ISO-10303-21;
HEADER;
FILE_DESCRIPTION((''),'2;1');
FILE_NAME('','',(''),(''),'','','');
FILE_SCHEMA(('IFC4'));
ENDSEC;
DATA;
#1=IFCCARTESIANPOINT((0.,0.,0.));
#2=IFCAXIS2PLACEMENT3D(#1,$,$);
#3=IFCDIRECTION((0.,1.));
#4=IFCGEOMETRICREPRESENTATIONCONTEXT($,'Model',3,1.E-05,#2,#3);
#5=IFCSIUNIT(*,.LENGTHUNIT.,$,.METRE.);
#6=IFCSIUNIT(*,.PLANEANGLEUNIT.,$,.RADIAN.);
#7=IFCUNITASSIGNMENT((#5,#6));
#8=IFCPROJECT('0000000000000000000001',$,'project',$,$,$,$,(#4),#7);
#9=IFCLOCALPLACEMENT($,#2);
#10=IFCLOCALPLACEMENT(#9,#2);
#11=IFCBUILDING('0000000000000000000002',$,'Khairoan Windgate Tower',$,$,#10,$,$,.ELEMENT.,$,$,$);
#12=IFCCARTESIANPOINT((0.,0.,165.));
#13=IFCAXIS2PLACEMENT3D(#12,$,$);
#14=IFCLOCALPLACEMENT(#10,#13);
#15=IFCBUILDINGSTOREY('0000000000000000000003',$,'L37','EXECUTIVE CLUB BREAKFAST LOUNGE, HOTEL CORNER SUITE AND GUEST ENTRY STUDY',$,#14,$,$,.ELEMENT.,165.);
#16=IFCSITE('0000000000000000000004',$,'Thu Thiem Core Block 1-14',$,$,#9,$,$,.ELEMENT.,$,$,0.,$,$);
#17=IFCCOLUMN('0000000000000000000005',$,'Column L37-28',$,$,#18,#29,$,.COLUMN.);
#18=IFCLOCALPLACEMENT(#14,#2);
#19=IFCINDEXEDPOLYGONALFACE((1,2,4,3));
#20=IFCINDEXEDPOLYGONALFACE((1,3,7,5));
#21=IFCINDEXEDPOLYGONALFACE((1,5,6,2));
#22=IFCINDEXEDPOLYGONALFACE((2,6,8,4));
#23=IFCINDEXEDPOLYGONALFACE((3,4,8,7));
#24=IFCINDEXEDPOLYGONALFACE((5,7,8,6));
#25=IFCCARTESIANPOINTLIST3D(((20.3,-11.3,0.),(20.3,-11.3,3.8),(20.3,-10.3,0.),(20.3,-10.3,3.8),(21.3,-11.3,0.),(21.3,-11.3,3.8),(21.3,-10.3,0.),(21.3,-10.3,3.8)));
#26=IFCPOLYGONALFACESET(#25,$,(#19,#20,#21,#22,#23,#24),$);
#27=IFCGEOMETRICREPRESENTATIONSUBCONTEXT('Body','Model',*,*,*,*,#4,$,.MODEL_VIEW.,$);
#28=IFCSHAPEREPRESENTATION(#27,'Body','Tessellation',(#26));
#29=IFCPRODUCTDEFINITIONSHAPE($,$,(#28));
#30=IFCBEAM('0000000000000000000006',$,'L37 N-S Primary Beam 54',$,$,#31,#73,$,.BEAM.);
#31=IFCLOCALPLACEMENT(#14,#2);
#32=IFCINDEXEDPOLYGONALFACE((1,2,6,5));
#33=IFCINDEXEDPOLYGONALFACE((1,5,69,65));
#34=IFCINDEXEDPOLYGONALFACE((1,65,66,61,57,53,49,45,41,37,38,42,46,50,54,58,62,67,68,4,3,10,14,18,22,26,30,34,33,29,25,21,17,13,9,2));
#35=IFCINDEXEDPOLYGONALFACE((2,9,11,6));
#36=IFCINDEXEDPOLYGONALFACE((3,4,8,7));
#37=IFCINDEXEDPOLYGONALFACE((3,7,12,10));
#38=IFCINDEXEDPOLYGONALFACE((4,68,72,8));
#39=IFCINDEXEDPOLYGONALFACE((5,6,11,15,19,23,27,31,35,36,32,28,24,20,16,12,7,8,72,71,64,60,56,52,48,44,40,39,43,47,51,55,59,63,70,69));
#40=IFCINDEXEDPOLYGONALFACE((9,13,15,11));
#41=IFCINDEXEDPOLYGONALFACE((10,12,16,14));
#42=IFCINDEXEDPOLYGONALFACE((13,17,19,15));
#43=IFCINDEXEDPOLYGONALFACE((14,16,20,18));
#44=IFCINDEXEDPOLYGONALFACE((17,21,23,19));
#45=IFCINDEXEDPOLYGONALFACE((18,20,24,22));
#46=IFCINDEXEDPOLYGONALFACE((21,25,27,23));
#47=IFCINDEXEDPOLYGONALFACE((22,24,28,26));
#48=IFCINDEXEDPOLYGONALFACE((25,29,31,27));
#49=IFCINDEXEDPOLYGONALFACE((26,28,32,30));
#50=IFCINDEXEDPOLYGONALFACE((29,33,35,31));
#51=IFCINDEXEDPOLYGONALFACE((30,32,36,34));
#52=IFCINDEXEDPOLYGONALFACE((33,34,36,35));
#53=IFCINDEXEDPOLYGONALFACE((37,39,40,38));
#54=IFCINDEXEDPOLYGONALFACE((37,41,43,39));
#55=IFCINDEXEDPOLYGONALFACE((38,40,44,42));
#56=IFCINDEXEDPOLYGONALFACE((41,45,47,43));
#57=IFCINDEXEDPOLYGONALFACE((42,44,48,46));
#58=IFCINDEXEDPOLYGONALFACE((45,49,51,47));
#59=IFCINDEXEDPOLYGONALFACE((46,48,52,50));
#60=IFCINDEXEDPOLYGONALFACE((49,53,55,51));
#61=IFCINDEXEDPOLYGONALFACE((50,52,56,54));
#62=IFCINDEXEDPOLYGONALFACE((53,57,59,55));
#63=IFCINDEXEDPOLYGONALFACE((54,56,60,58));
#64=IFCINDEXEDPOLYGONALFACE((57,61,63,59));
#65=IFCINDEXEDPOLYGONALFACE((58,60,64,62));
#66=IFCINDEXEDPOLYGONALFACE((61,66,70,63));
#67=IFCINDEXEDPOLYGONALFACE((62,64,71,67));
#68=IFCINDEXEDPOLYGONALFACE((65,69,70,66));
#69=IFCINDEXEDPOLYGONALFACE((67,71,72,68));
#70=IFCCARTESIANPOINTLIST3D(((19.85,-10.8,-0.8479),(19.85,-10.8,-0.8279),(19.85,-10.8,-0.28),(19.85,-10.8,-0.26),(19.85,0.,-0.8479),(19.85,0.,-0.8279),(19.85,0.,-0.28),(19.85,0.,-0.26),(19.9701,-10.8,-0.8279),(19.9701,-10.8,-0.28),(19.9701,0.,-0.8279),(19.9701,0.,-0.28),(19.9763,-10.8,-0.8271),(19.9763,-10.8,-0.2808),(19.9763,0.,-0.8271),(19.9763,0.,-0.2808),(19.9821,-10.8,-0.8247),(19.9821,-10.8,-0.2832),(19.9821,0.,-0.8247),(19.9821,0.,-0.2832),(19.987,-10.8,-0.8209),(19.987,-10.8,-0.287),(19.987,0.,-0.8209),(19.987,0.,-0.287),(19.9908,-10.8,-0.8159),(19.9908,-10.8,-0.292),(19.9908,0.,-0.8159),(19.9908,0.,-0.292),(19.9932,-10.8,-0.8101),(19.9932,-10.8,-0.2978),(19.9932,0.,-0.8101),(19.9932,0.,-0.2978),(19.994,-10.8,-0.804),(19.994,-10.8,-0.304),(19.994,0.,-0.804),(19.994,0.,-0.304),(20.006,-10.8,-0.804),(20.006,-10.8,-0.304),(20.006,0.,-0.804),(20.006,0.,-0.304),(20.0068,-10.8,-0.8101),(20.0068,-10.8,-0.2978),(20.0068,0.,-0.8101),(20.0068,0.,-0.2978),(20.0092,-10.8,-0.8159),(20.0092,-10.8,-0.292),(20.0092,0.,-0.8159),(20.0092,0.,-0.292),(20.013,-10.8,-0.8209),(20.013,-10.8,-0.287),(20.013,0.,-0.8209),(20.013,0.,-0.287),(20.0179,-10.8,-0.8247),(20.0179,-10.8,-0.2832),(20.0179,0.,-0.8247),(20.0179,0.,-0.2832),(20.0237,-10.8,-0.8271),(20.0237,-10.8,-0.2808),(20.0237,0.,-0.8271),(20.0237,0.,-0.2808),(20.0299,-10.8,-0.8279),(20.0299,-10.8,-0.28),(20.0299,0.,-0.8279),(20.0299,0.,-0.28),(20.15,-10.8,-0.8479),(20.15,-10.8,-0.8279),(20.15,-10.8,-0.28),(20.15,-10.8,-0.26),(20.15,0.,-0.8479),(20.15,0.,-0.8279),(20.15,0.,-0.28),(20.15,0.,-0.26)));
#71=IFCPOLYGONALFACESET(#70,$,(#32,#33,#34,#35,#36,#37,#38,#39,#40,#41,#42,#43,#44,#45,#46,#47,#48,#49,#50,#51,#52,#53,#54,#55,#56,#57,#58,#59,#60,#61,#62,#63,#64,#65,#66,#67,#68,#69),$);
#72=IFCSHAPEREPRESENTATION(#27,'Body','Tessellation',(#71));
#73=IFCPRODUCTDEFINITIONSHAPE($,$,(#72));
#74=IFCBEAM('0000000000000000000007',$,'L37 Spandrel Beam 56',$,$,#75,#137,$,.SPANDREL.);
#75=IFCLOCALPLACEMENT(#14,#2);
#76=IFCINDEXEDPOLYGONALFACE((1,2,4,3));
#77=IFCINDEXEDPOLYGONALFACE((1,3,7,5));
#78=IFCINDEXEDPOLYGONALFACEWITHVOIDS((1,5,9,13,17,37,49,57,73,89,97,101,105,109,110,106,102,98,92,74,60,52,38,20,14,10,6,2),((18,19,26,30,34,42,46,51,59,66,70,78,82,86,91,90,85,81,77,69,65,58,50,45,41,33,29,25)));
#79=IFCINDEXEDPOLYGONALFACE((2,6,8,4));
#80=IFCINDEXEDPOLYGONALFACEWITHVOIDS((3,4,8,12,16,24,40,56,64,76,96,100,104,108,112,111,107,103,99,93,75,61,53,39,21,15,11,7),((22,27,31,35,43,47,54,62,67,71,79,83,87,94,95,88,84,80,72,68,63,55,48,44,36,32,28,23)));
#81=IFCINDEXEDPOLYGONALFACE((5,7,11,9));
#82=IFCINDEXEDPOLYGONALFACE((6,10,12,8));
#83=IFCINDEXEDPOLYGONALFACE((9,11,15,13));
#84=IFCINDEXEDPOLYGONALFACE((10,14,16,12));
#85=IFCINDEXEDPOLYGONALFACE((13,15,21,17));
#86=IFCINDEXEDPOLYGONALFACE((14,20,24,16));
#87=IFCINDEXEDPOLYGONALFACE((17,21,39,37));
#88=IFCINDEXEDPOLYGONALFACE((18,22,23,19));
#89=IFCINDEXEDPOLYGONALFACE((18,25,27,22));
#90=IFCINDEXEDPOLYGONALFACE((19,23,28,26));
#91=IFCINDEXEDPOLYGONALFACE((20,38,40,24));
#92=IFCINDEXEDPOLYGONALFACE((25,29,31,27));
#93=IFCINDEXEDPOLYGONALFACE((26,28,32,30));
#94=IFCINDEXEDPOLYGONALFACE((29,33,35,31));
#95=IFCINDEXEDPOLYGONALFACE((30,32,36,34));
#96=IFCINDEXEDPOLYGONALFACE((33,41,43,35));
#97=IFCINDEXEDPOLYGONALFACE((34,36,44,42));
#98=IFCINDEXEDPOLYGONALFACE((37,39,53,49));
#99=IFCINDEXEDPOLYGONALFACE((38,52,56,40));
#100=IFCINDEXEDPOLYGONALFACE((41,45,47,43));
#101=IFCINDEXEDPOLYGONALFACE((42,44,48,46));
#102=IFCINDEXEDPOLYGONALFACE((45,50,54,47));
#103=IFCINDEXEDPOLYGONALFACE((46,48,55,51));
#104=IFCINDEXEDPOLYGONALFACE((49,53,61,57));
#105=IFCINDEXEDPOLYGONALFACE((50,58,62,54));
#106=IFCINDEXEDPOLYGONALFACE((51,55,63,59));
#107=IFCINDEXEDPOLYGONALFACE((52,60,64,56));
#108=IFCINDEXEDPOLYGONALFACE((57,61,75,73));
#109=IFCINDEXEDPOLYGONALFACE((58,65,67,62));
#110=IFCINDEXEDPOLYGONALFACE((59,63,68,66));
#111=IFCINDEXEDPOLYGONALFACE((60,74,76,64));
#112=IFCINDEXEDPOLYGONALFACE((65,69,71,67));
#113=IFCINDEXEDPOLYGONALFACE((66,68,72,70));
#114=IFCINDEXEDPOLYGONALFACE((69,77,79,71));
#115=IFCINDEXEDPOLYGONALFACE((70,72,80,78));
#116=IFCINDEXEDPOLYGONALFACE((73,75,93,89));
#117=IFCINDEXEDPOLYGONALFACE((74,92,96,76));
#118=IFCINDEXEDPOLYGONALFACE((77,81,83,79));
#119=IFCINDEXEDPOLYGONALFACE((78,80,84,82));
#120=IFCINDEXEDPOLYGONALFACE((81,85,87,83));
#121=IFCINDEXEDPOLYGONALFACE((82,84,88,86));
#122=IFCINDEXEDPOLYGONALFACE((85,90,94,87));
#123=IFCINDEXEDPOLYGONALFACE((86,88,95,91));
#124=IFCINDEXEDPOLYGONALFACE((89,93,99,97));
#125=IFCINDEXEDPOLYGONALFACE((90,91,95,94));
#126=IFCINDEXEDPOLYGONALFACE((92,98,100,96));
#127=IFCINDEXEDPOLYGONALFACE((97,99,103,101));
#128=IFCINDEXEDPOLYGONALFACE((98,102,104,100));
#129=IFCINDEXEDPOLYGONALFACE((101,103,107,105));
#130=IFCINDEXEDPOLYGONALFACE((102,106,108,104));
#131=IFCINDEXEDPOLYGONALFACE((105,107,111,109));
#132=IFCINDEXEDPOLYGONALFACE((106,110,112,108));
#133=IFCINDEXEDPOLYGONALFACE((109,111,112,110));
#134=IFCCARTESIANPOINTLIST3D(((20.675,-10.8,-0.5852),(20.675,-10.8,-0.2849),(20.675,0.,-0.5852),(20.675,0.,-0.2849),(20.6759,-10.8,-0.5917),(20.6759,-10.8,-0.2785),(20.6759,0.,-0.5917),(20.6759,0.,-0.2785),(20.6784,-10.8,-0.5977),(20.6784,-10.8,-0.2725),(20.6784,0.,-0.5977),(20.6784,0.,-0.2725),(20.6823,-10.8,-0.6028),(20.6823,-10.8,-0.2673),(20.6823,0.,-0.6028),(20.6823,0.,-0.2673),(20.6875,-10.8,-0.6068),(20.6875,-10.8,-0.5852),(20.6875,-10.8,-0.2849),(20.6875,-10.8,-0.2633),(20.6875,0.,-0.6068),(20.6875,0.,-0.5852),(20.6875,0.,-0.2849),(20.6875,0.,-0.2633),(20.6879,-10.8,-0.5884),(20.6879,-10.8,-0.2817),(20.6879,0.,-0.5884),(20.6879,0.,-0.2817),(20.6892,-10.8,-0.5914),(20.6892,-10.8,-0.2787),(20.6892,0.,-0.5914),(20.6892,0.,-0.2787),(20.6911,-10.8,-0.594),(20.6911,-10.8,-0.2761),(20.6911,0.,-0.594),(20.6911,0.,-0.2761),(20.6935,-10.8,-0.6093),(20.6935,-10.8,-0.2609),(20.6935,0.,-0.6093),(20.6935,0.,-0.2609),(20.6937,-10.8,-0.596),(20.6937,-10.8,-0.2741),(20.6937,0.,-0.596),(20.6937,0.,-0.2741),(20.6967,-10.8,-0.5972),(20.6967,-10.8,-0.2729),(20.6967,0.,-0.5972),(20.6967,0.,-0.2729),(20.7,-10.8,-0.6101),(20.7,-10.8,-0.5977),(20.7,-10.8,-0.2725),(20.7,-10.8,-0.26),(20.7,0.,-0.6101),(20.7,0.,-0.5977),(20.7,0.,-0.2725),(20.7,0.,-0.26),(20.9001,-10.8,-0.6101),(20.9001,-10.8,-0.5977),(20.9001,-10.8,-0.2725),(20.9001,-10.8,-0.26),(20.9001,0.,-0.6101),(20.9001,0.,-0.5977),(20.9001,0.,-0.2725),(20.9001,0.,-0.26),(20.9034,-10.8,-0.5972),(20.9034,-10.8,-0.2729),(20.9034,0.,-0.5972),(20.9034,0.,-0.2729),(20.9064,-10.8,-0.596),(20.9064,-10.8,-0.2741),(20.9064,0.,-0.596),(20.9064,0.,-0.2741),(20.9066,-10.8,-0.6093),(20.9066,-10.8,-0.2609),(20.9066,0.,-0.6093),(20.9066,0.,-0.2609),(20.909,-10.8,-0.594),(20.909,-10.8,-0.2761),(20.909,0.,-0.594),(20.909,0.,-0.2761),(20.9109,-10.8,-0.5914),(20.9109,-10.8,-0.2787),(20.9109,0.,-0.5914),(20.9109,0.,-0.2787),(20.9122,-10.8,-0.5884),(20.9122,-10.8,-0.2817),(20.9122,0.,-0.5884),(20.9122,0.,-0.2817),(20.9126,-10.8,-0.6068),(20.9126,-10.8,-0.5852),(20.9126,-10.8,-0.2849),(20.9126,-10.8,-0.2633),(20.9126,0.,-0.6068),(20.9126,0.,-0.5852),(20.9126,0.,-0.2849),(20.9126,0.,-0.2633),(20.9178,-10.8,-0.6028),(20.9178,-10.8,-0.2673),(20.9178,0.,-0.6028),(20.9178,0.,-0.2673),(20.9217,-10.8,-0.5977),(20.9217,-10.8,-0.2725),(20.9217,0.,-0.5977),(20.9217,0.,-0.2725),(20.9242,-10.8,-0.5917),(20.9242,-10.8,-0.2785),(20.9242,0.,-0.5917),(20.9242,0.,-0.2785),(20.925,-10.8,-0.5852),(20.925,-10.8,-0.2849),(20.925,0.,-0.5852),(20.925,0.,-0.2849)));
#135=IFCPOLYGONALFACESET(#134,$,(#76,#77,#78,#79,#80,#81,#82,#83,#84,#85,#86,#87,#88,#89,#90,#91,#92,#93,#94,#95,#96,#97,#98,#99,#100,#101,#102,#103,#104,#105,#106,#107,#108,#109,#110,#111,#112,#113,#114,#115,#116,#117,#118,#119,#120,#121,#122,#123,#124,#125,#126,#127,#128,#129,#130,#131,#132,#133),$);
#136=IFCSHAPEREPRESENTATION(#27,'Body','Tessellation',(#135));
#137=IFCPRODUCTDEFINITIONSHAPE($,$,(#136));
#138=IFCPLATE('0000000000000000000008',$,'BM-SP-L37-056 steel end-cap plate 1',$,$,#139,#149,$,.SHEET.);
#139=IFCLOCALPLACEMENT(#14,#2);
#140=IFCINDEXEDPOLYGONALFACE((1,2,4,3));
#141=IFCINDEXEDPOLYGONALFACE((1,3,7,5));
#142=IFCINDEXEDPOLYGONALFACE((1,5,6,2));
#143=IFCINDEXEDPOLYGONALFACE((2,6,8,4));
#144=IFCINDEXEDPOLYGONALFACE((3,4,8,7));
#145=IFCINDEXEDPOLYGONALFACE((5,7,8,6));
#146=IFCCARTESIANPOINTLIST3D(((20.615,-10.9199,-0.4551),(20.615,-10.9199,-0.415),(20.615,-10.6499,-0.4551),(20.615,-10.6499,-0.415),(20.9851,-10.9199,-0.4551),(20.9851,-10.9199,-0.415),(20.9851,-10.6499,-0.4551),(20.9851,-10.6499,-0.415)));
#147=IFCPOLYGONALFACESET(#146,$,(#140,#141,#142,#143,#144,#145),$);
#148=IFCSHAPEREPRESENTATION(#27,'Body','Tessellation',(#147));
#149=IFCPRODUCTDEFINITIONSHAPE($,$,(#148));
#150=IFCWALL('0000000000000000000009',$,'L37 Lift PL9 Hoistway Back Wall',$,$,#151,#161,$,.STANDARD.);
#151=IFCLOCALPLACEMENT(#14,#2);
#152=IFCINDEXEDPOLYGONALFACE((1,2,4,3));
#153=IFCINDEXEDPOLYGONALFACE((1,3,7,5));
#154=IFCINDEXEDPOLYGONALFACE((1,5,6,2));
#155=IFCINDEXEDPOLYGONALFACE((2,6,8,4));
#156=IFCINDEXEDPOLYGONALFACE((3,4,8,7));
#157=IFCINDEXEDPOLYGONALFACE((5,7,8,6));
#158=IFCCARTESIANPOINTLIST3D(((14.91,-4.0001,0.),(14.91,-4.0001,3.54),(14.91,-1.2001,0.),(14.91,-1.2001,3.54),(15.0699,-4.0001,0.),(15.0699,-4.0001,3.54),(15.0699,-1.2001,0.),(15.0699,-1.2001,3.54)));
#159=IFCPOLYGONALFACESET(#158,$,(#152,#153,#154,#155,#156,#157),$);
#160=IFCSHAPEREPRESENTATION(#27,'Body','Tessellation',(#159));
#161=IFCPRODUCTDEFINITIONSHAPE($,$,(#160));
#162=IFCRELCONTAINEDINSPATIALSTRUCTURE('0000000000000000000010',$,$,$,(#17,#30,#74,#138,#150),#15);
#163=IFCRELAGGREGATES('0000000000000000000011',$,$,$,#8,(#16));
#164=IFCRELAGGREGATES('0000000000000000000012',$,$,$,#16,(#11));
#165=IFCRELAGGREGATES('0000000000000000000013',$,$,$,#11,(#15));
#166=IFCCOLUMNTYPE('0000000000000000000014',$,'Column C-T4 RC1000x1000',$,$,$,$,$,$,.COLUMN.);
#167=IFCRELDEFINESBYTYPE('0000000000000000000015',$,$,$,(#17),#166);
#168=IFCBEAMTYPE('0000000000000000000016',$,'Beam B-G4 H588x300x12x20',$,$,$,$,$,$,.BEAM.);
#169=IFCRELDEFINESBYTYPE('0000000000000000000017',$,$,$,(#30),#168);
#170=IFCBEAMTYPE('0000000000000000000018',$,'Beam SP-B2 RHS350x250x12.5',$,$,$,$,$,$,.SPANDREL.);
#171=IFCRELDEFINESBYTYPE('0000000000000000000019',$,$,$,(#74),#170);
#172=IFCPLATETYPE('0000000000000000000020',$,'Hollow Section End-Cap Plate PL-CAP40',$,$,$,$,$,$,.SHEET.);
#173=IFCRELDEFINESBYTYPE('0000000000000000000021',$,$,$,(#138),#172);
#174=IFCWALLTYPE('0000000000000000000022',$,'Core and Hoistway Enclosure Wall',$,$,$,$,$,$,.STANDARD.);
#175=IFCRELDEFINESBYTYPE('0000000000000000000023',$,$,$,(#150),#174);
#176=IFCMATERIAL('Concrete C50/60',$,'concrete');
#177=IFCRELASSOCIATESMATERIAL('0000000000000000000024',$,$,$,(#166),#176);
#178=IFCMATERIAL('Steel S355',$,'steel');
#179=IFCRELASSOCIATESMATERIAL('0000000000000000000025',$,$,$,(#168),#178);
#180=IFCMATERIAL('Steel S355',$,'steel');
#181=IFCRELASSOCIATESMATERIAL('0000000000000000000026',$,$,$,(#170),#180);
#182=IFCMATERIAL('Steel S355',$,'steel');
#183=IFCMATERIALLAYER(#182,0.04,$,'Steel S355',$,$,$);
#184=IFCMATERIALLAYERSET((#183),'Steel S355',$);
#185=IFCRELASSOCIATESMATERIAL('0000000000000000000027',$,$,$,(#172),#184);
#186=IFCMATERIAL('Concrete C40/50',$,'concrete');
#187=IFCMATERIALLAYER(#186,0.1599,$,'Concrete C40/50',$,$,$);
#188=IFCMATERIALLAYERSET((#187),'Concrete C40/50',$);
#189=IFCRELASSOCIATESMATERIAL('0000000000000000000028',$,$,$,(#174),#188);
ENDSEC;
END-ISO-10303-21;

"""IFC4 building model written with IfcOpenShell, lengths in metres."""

from ifc_helpers import new_model, si_unit, direction, frame, frame_2d, origin, origin_2d, place, context, subcontext, project, spatial, rectangle, hollow_rectangle, i_section, extrude, material, layer, layer_set, material_profile, profile_set, type_object, element, save


model = new_model("IFC4")

# Units and contexts
model_context = context("Model", 3, precision=1e-05, world=origin(), true_north=direction((0.0, 1.0)))
body_context = subcontext(model_context, "Body", "Model", "MODEL_VIEW")
ifc_project = project(units=[si_unit("LENGTHUNIT", "METRE"), si_unit("PLANEANGLEUNIT", "RADIAN")], contexts=[model_context])

# Site, building, storey
site_placement = place(None, origin())
site = spatial("IfcSite", under=ifc_project, at=site_placement, Name="Thu Thiem Core Block 1-14", CompositionType="ELEMENT", RefElevation=0.0)
building_placement = place(site_placement, origin())
building = spatial("IfcBuilding", under=site, at=building_placement, Name="Khairoan Windgate Tower", CompositionType="ELEMENT")
storey_placement = place(building_placement, frame((0.0, 0.0, 165.0)))
storey = spatial("IfcBuildingStorey", under=building, at=storey_placement, Name="L37", Description="EXECUTIVE CLUB BREAKFAST LOUNGE, HOTEL CORNER SUITE AND GUEST ENTRY STUDY", CompositionType="ELEMENT", Elevation=165.0)

# Column
ifc_material_1 = material(Name="Concrete C50/60", Category="concrete")
ifc_material_profile_1 = material_profile(ifc_material_1, rectangle(XDim=1.0, YDim=1.0, at=origin_2d()))
ifc_profile_set_1 = profile_set([ifc_material_profile_1], Name="Concrete C50/60")
column_type = type_object("IfcColumnType", Name="Column C-T4 RC1000x1000", PredefinedType="COLUMN", material=ifc_profile_set_1)
column_placement = place(storey_placement, frame((20.8, -10.8, 0.0), z_axis=(0.0, 0.0, 1.0), x_axis=(1.0, 0.0, 0.0)))
element("IfcColumn", 1, at=column_placement, inside=storey, type_object=column_type, Name="Column L37-28", PredefinedType="COLUMN", context=body_context, shape_type="SweptSolid", body=[
    extrude(rectangle(XDim=1.0, YDim=1.0, at=origin_2d()), origin(), (0.0, 0.0, 1.0), 3.8),
])

# Beams
ifc_material_2 = material(Name="Steel S355", Category="steel")
ifc_material_profile_2 = material_profile(ifc_material_2, i_section(OverallWidth=0.3, OverallDepth=0.5879, WebThickness=0.012, FlangeThickness=0.02, FilletRadius=0.0239, at=origin_2d()))
ifc_profile_set_2 = profile_set([ifc_material_profile_2], Name="Steel S355")
beam_type_1 = type_object("IfcBeamType", Name="Beam B-G4 H588x300x12x20", PredefinedType="BEAM", material=ifc_profile_set_2)
beam_1_placement = place(storey_placement, frame((20.0, -10.8, -0.554), z_axis=(0.0, 1.0, 0.0), x_axis=(-1.0, 0.0, 0.0)))
element("IfcBeam", 2, at=beam_1_placement, inside=storey, type_object=beam_type_1, Name="L37 N-S Primary Beam 54", PredefinedType="BEAM", context=body_context, shape_type="SweptSolid", body=[
    extrude(i_section(OverallWidth=0.3, OverallDepth=0.5879, WebThickness=0.012, FlangeThickness=0.02, FilletRadius=0.0239, at=origin_2d()), origin(), (0.0, 0.0, 1.0), 10.8),
])
ifc_material_3 = material(Name="Steel S355", Category="steel")
ifc_material_profile_3 = material_profile(ifc_material_3, hollow_rectangle(XDim=0.25, YDim=0.3501, WallThickness=0.0125, InnerFilletRadius=0.0125, OuterFilletRadius=0.0249, at=origin_2d()))
ifc_profile_set_3 = profile_set([ifc_material_profile_3], Name="Steel S355")
beam_type_2 = type_object("IfcBeamType", Name="Beam SP-B2 RHS350x250x12.5", PredefinedType="SPANDREL", material=ifc_profile_set_3)
beam_2_placement = place(storey_placement, frame((20.8, -10.8, -0.4351), z_axis=(0.0, 1.0, 0.0), x_axis=(-1.0, 0.0, 0.0)))
element("IfcBeam", 3, at=beam_2_placement, inside=storey, type_object=beam_type_2, Name="L37 Spandrel Beam 56", PredefinedType="SPANDREL", context=body_context, shape_type="SweptSolid", body=[
    extrude(hollow_rectangle(XDim=0.25, YDim=0.3501, WallThickness=0.0125, InnerFilletRadius=0.0125, OuterFilletRadius=0.0249, at=origin_2d()), origin(), (0.0, 0.0, 1.0), 10.8),
])

# Plate
ifc_material_4 = material(Name="Steel S355", Category="steel")
ifc_layer_1 = layer(ifc_material_4, 0.04, Name="Steel S355")
ifc_layer_set_1 = layer_set([ifc_layer_1], Name="Steel S355")
plate_type = type_object("IfcPlateType", Name="Hollow Section End-Cap Plate PL-CAP40", PredefinedType="SHEET", material=ifc_layer_set_1)
plate_placement = place(storey_placement, frame((20.8, -10.7849, -0.4551), z_axis=(0.0, 0.0, 1.0), x_axis=(0.0, 1.0, 0.0)))
element("IfcPlate", 4, at=plate_placement, inside=storey, type_object=plate_type, Name="BM-SP-L37-056 steel end-cap plate 1", PredefinedType="SHEET", context=body_context, shape_type="SweptSolid", body=[
    extrude(rectangle(XDim=0.27, YDim=0.3701, at=origin_2d()), origin(), (0.0, 0.0, 1.0), 0.04),
])

# Wall
ifc_material_5 = material(Name="Concrete C40/50", Category="concrete")
ifc_layer_2 = layer(ifc_material_5, 0.1599, Name="Concrete C40/50")
ifc_layer_set_2 = layer_set([ifc_layer_2], Name="Concrete C40/50")
wall_type_1 = type_object("IfcWallType", Name="Core and Hoistway Enclosure Wall", PredefinedType="STANDARD", material=ifc_layer_set_2)
wall_1_placement = place(storey_placement, frame((14.99, -4.0, 0.0), z_axis=(0.0, 0.0, 1.0), x_axis=(0.0, 1.0, 0.0)))
element("IfcWall", 5, at=wall_1_placement, inside=storey, type_object=wall_type_1, Name="L37 Lift PL9 Hoistway Back Wall", PredefinedType="STANDARD", context=body_context, shape_type="SweptSolid", body=[
    extrude(rectangle(XDim=2.8, YDim=0.1599, at=frame_2d((1.3999, 0.0))), origin(), (0.0, 0.0, 1.0), 3.54),
])

save(model, "model.ifc")
